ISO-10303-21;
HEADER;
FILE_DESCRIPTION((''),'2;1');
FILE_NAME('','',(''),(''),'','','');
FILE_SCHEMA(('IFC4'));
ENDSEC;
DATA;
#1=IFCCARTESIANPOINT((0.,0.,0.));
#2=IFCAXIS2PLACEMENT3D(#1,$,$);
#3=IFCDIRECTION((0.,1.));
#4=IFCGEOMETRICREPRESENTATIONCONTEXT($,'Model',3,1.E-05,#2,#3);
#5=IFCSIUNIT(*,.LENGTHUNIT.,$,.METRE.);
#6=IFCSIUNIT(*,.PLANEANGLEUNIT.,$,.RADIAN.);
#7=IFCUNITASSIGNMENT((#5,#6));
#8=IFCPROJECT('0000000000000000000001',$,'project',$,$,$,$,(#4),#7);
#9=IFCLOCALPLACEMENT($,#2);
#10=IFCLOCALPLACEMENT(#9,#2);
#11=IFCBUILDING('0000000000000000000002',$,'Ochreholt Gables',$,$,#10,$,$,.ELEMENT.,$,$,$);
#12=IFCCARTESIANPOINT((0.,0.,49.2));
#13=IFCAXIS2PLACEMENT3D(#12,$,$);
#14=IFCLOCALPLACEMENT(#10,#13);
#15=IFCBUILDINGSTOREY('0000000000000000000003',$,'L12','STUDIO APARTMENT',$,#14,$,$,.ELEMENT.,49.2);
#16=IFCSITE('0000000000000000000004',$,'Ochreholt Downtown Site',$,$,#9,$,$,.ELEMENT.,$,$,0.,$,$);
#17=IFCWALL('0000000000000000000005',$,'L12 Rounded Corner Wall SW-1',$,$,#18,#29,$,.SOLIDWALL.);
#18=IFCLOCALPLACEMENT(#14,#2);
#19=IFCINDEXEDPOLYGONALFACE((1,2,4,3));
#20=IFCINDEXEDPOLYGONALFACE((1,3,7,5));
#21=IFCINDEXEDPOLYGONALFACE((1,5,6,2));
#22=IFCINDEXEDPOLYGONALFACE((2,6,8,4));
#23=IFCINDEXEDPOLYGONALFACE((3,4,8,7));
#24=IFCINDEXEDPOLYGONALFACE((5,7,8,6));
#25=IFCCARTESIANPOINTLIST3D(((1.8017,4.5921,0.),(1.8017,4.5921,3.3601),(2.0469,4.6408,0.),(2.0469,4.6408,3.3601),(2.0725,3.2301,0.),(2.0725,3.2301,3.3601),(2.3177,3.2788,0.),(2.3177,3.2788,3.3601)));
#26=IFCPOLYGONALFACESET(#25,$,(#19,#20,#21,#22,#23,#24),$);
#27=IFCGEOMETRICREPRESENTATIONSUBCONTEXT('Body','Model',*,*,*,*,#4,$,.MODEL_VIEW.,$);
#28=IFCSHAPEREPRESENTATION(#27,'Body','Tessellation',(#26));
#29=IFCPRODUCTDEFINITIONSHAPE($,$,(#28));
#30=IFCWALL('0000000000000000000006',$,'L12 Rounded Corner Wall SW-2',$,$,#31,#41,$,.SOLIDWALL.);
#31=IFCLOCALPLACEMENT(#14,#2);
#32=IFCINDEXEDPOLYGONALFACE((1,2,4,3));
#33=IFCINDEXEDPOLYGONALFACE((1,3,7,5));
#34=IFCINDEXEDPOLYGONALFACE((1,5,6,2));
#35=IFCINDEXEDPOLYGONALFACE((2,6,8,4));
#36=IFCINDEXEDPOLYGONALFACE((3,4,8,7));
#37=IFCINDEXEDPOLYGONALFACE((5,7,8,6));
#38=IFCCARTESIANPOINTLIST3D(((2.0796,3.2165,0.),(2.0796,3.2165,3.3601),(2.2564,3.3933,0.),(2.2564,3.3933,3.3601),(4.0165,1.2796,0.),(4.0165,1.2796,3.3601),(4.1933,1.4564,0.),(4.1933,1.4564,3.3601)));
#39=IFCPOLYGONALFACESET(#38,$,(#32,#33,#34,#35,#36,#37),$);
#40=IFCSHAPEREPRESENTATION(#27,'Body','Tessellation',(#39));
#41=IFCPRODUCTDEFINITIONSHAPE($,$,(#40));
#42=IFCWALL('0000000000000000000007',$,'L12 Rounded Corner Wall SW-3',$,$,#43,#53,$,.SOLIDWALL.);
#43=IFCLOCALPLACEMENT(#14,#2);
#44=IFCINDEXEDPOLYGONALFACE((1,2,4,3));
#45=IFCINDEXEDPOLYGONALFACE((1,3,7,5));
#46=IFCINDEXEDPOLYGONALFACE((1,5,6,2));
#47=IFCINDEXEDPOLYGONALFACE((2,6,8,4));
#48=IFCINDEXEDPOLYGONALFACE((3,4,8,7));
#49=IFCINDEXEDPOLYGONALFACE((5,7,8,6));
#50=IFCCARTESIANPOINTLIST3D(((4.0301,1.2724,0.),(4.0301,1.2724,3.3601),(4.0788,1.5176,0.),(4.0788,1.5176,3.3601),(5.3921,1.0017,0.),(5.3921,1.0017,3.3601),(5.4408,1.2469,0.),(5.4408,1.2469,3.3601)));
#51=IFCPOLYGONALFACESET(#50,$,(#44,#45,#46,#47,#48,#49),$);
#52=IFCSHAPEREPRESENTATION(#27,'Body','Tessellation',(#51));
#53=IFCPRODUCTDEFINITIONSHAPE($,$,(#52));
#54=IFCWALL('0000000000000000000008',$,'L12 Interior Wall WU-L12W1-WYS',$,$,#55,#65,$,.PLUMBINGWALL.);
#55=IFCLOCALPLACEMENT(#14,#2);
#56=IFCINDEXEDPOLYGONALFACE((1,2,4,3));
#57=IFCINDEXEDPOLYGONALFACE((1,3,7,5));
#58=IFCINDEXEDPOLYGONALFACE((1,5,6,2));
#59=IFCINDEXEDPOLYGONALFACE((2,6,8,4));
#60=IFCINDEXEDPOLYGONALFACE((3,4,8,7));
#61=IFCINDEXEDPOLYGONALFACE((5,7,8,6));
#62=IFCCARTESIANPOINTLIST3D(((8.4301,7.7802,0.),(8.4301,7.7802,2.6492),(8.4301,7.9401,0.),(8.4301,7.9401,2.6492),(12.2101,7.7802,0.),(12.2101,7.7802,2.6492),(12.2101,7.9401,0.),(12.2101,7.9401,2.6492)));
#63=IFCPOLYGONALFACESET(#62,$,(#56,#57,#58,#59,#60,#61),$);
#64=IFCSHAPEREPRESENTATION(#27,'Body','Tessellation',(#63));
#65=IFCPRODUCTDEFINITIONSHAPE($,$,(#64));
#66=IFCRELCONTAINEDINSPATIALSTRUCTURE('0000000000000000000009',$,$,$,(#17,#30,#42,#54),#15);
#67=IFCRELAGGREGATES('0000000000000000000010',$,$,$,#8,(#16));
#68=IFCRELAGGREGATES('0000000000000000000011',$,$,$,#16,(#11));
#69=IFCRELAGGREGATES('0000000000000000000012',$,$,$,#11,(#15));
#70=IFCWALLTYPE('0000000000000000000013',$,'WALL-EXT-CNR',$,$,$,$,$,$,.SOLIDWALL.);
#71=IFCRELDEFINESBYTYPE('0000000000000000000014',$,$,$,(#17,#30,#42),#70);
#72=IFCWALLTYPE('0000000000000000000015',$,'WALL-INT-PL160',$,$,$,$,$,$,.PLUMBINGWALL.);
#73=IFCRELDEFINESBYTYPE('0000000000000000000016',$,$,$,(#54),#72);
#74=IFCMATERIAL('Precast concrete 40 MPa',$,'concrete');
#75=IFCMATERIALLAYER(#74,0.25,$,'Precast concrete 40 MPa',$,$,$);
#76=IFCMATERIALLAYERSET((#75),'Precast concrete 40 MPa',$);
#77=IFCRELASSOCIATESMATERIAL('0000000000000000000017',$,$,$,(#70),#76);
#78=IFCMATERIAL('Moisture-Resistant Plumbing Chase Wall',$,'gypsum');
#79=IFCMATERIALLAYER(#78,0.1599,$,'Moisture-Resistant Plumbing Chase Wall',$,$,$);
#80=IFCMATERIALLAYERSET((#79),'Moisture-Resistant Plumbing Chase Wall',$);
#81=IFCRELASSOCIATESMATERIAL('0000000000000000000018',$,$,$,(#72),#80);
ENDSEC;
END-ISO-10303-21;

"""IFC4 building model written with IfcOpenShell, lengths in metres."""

from ifc_helpers import new_model, si_unit, direction, frame, frame_2d, origin, place, context, subcontext, project, spatial, rectangle, extrude, material, layer, layer_set, type_object, element, save


model = new_model("IFC4")

# Units and contexts
model_context = context("Model", 3, precision=1e-05, world=origin(), true_north=direction((0.0, 1.0)))
body_context = subcontext(model_context, "Body", "Model", "MODEL_VIEW")
ifc_project = project(units=[si_unit("LENGTHUNIT", "METRE"), si_unit("PLANEANGLEUNIT", "RADIAN")], contexts=[model_context])

# Site, building, storey
site_placement = place(None, origin())
site = spatial("IfcSite", under=ifc_project, at=site_placement, Name="Ochreholt Downtown Site", CompositionType="ELEMENT", RefElevation=0.0)
building_placement = place(site_placement, origin())
building = spatial("IfcBuilding", under=site, at=building_placement, Name="Ochreholt Gables", CompositionType="ELEMENT")
storey_placement = place(building_placement, frame((0.0, 0.0, 49.2)))
storey = spatial("IfcBuildingStorey", under=building, at=storey_placement, Name="L12", Description="STUDIO APARTMENT", CompositionType="ELEMENT", Elevation=49.2)

# Shared definitions
ifc_material_1 = material(Name="Precast concrete 40 MPa", Category="concrete")

# Walls
ifc_layer_1 = layer(ifc_material_1, 0.25, Name="Precast concrete 40 MPa")
ifc_layer_set_1 = layer_set([ifc_layer_1], Name="Precast concrete 40 MPa")
wall_type_1 = type_object("IfcWallType", Name="WALL-EXT-CNR", PredefinedType="SOLIDWALL", material=ifc_layer_set_1)
wall_1_placement = place(storey_placement, frame((1.9243, 4.6165, 0.0), z_axis=(0.0, 0.0, 1.0), x_axis=(0.194967, -0.98081, 0.0)))
element("IfcWall", 1, at=wall_1_placement, inside=storey, type_object=wall_type_1, Name="L12 Rounded Corner Wall SW-1", PredefinedType="SOLIDWALL", context=body_context, shape_type="SweptSolid", body=[
    extrude(rectangle(XDim=1.3887, YDim=0.25, at=frame_2d((0.6943, 0.0))), origin(), (0.0, 0.0, 1.0), 3.3601),
])
wall_2_placement = place(storey_placement, frame((2.168, 3.3049, 0.0), z_axis=(0.0, 0.0, 1.0), x_axis=(0.707107, -0.707107, 0.0)))
element("IfcWall", 2, at=wall_2_placement, inside=storey, type_object=wall_type_1, Name="L12 Rounded Corner Wall SW-2", PredefinedType="SOLIDWALL", context=body_context, shape_type="SweptSolid", body=[
    extrude(rectangle(XDim=2.7393, YDim=0.25, at=frame_2d((1.3696, 0.0))), origin(), (0.0, 0.0, 1.0), 3.3601),
])
wall_3_placement = place(storey_placement, frame((4.0544, 1.395, 0.0), z_axis=(0.0, 0.0, 1.0), x_axis=(0.98081, -0.194967, 0.0)))
element("IfcWall", 3, at=wall_3_placement, inside=storey, type_object=wall_type_1, Name="L12 Rounded Corner Wall SW-3", PredefinedType="SOLIDWALL", context=body_context, shape_type="SweptSolid", body=[
    extrude(rectangle(XDim=1.3887, YDim=0.25, at=frame_2d((0.6943, 0.0))), origin(), (0.0, 0.0, 1.0), 3.3601),
])
ifc_material_2 = material(Name="Moisture-Resistant Plumbing Chase Wall", Category="gypsum")
ifc_layer_2 = layer(ifc_material_2, 0.1599, Name="Moisture-Resistant Plumbing Chase Wall")
ifc_layer_set_2 = layer_set([ifc_layer_2], Name="Moisture-Resistant Plumbing Chase Wall")
wall_type_2 = type_object("IfcWallType", Name="WALL-INT-PL160", PredefinedType="PLUMBINGWALL", material=ifc_layer_set_2)
wall_4_placement = place(storey_placement, frame((8.4299, 7.8601, 0.0), z_axis=(0.0, 0.0, 1.0), x_axis=(1.0, 0.0, 0.0)))
element("IfcWall", 4, at=wall_4_placement, inside=storey, type_object=wall_type_2, Name="L12 Interior Wall WU-L12W1-WYS", PredefinedType="PLUMBINGWALL", context=body_context, shape_type="SweptSolid", body=[
    extrude(rectangle(XDim=3.78, YDim=0.1599, at=frame_2d((1.8901, 0.0))), origin(), (0.0, 0.0, 1.0), 2.6492),
])

save(model, "model.ifc")
